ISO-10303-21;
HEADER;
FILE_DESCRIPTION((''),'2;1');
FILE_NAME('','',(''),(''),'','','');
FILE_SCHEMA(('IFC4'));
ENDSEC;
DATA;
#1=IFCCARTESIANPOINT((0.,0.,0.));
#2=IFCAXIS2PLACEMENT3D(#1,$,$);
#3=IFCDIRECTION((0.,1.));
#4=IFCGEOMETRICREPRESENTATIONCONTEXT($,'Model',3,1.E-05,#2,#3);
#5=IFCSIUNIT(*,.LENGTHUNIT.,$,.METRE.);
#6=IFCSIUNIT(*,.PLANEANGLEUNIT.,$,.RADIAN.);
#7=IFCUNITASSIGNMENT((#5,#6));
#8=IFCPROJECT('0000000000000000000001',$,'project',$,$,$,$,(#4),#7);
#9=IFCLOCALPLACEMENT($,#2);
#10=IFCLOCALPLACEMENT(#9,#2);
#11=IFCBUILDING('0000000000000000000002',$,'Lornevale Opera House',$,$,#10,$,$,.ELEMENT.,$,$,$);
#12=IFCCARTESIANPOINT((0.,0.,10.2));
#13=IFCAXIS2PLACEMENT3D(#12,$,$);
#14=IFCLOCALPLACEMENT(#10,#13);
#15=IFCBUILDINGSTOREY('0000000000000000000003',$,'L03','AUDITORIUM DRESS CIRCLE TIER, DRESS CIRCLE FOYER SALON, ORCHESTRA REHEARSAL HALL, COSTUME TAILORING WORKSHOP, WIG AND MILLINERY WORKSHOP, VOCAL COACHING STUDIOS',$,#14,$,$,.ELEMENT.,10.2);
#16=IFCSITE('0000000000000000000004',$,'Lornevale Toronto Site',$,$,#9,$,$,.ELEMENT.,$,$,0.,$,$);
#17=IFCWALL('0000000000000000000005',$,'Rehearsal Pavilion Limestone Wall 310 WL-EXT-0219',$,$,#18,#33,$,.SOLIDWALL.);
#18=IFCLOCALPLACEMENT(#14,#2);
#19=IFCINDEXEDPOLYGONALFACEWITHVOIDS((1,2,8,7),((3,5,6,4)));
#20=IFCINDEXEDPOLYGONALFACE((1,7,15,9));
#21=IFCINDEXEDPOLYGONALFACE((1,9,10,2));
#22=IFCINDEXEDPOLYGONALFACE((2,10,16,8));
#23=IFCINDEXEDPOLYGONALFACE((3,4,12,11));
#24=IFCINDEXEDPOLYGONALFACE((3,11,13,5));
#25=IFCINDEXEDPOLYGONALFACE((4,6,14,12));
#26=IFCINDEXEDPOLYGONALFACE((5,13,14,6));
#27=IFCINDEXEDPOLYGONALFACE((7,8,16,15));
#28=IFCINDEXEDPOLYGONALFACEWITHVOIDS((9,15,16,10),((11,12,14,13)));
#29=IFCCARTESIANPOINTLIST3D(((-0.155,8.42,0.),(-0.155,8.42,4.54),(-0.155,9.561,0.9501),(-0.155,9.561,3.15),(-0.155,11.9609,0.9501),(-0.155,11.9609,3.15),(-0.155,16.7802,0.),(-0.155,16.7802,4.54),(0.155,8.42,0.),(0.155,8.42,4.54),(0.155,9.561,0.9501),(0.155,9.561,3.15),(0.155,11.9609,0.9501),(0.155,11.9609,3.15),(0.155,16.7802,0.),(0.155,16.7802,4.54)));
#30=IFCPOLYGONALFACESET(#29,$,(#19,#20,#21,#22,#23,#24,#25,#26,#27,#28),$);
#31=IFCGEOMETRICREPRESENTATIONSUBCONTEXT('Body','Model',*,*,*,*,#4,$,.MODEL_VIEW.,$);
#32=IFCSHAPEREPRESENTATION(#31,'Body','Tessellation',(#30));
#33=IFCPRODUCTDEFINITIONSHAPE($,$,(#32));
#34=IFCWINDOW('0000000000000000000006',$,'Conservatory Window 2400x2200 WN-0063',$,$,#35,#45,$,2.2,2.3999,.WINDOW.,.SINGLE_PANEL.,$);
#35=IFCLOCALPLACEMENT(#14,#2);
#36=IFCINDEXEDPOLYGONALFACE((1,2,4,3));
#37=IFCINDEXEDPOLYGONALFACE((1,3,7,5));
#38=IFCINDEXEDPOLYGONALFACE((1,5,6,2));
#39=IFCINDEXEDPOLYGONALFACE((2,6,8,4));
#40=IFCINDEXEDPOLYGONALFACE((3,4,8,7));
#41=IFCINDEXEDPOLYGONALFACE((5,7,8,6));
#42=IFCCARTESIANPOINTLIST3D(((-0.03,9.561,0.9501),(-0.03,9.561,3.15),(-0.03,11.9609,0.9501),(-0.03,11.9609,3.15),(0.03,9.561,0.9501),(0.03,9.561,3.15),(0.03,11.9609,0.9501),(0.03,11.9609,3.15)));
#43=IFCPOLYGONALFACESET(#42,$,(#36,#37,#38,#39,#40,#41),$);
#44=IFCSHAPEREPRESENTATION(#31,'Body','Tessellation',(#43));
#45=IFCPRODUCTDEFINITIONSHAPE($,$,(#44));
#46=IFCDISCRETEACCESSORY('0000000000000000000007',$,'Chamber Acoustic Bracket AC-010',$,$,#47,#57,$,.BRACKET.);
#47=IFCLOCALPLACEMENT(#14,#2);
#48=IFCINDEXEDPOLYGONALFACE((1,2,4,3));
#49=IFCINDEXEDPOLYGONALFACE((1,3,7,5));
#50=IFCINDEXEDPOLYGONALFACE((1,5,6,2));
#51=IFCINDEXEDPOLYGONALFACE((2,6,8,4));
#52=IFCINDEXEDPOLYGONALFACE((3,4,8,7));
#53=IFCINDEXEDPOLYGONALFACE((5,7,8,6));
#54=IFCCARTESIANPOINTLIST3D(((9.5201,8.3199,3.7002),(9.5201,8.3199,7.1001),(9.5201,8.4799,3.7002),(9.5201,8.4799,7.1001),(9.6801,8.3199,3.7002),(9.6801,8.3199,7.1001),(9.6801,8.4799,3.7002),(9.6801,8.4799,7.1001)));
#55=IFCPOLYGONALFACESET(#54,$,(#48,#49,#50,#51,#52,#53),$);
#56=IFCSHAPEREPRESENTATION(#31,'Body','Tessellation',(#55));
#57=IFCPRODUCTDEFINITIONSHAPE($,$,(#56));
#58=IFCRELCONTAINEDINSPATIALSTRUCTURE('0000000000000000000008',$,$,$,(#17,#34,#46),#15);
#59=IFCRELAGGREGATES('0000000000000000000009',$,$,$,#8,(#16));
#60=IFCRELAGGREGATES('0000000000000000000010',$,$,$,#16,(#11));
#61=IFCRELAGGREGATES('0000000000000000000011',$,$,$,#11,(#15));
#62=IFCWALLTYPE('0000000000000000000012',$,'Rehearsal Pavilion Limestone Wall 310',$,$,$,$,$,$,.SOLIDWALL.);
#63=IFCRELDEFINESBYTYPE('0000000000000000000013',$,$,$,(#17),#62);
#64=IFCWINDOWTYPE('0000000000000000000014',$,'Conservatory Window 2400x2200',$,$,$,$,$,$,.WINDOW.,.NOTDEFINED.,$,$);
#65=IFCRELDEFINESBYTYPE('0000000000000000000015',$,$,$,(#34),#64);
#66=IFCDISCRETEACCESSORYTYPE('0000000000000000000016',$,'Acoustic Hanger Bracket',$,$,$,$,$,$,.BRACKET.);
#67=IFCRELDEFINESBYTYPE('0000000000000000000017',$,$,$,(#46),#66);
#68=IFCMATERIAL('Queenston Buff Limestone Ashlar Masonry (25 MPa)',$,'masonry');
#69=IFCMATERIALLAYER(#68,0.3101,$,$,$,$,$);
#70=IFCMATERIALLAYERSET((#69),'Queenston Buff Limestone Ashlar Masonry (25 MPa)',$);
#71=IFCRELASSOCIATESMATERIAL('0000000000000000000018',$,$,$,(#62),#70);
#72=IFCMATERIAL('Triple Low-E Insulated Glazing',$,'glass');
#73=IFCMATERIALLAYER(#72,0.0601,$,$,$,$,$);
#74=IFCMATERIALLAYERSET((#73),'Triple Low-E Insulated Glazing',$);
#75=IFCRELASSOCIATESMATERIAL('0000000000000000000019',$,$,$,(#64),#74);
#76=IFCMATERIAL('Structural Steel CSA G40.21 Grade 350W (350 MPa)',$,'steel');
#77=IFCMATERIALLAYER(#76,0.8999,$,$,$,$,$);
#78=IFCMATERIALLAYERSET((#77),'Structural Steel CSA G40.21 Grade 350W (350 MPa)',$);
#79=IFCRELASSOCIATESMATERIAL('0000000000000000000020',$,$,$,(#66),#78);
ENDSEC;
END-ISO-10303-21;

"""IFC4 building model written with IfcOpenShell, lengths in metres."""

from ifc_helpers import new_model, si_unit, direction, frame, frame_2d, origin, origin_2d, place, context, subcontext, project, spatial, rectangle, extrude, material, layer, layer_set, type_object, element, fill, save


model = new_model("IFC4")

# Units and contexts
model_context = context("Model", 3, precision=1e-05, world=origin(), true_north=direction((0.0, 1.0)))
body_context = subcontext(model_context, "Body", "Model", "MODEL_VIEW")
ifc_project = project(units=[si_unit("LENGTHUNIT", "METRE"), si_unit("PLANEANGLEUNIT", "RADIAN")], contexts=[model_context])

# Site, building, storey
site_placement = place(None, origin())
site = spatial("IfcSite", under=ifc_project, at=site_placement, Name="Lornevale Toronto Site", CompositionType="ELEMENT", RefElevation=0.0)
building_placement = place(site_placement, origin())
building = spatial("IfcBuilding", under=site, at=building_placement, Name="Lornevale Opera House", CompositionType="ELEMENT")
storey_placement = place(building_placement, frame((0.0, 0.0, 10.2)))
storey = spatial("IfcBuildingStorey", under=building, at=storey_placement, Name="L03", Description="AUDITORIUM DRESS CIRCLE TIER, DRESS CIRCLE FOYER SALON, ORCHESTRA REHEARSAL HALL, COSTUME TAILORING WORKSHOP, WIG AND MILLINERY WORKSHOP, VOCAL COACHING STUDIOS", CompositionType="ELEMENT", Elevation=10.2)

# Shared definitions
ifc_material_1 = material(Name="Structural Steel CSA G40.21 Grade 350W (350 MPa)", Category="steel")

# Shared definitions
ifc_material_2 = material(Name="Triple Low-E Insulated Glazing", Category="glass")

# Shared definitions
ifc_material_3 = material(Name="Queenston Buff Limestone Ashlar Masonry (25 MPa)", Category="masonry")
ifc_layer_1 = layer(ifc_material_3, 0.3101)
ifc_layer_set_1 = layer_set([ifc_layer_1], Name="Queenston Buff Limestone Ashlar Masonry (25 MPa)")
wall_type = type_object("IfcWallType", Name="Rehearsal Pavilion Limestone Wall 310", PredefinedType="SOLIDWALL", material=ifc_layer_set_1)

# Wall, opening, window
wall_1_placement = place(storey_placement, frame((0.0, 8.4199, 0.0), z_axis=(0.0, 0.0, 1.0), x_axis=(0.0, 1.0, 0.0)))
wall_1 = element("IfcWall", 1, at=wall_1_placement, inside=storey, type_object=wall_type, Name="Rehearsal Pavilion Limestone Wall 310 WL-EXT-0219", PredefinedType="SOLIDWALL", context=body_context, shape_type="SweptSolid", body=[
    extrude(rectangle(XDim=8.3601, YDim=0.3101, at=frame_2d((4.1802, 0.0))), origin(), (0.0, 0.0, 1.0), 4.54),
])
opening_1_placement = place(wall_1_placement, frame((1.1411, 0.0, 0.95)))
opening_1 = element("IfcOpeningElement", 2, at=opening_1_placement, cuts=wall_1, PredefinedType="OPENING", context=body_context, shape_type="SweptSolid", body=[
    extrude(rectangle(XDim=2.3999, YDim=2.2, at=frame_2d((1.2, 1.1001))), frame((0.0, 0.165, 0.0), z_axis=(0.0, -1.0, 0.0), x_axis=(1.0, 0.0, 0.0)), (0.0, 0.0, 1.0), 0.3301),
])
ifc_layer_2 = layer(ifc_material_2, 0.0601)
ifc_layer_set_2 = layer_set([ifc_layer_2], Name="Triple Low-E Insulated Glazing")
window_type_1 = type_object("IfcWindowType", Name="Conservatory Window 2400x2200", PartitioningType="NOTDEFINED", PredefinedType="WINDOW", material=ifc_layer_set_2)
window_1_placement = place(opening_1_placement, origin())
window_1 = element("IfcWindow", 3, at=window_1_placement, inside=storey, type_object=window_type_1, Name="Conservatory Window 2400x2200 WN-0063", OverallHeight=2.2, OverallWidth=2.3999, PartitioningType="SINGLE_PANEL", PredefinedType="WINDOW", context=body_context, shape_type="SweptSolid", body=[
    extrude(rectangle(XDim=2.3999, YDim=2.2, at=frame_2d((1.2, 1.1001))), frame((0.0, 0.03, 0.0), z_axis=(0.0, -1.0, 0.0), x_axis=(1.0, 0.0, 0.0)), (0.0, 0.0, 1.0), 0.0601),
])
fill(opening_1, window_1)

# Discrete accessory
ifc_layer_3 = layer(ifc_material_1, 0.8999)
ifc_layer_set_3 = layer_set([ifc_layer_3], Name="Structural Steel CSA G40.21 Grade 350W (350 MPa)")
discrete_accessory_type = type_object("IfcDiscreteAccessoryType", Name="Acoustic Hanger Bracket", PredefinedType="BRACKET", material=ifc_layer_set_3)
discrete_accessory_placement = place(storey_placement, frame((9.6001, 8.3999, 3.7002), z_axis=(0.0, 0.0, 1.0), x_axis=(1.0, 0.0, 0.0)))
element("IfcDiscreteAccessory", 4, at=discrete_accessory_placement, inside=storey, type_object=discrete_accessory_type, Name="Chamber Acoustic Bracket AC-010", PredefinedType="BRACKET", context=body_context, shape_type="SweptSolid", body=[
    extrude(rectangle(XDim=0.1599, YDim=0.1599, at=origin_2d()), origin(), (0.0, 0.0, 1.0), 3.3999),
])

save(model, "model.ifc")
